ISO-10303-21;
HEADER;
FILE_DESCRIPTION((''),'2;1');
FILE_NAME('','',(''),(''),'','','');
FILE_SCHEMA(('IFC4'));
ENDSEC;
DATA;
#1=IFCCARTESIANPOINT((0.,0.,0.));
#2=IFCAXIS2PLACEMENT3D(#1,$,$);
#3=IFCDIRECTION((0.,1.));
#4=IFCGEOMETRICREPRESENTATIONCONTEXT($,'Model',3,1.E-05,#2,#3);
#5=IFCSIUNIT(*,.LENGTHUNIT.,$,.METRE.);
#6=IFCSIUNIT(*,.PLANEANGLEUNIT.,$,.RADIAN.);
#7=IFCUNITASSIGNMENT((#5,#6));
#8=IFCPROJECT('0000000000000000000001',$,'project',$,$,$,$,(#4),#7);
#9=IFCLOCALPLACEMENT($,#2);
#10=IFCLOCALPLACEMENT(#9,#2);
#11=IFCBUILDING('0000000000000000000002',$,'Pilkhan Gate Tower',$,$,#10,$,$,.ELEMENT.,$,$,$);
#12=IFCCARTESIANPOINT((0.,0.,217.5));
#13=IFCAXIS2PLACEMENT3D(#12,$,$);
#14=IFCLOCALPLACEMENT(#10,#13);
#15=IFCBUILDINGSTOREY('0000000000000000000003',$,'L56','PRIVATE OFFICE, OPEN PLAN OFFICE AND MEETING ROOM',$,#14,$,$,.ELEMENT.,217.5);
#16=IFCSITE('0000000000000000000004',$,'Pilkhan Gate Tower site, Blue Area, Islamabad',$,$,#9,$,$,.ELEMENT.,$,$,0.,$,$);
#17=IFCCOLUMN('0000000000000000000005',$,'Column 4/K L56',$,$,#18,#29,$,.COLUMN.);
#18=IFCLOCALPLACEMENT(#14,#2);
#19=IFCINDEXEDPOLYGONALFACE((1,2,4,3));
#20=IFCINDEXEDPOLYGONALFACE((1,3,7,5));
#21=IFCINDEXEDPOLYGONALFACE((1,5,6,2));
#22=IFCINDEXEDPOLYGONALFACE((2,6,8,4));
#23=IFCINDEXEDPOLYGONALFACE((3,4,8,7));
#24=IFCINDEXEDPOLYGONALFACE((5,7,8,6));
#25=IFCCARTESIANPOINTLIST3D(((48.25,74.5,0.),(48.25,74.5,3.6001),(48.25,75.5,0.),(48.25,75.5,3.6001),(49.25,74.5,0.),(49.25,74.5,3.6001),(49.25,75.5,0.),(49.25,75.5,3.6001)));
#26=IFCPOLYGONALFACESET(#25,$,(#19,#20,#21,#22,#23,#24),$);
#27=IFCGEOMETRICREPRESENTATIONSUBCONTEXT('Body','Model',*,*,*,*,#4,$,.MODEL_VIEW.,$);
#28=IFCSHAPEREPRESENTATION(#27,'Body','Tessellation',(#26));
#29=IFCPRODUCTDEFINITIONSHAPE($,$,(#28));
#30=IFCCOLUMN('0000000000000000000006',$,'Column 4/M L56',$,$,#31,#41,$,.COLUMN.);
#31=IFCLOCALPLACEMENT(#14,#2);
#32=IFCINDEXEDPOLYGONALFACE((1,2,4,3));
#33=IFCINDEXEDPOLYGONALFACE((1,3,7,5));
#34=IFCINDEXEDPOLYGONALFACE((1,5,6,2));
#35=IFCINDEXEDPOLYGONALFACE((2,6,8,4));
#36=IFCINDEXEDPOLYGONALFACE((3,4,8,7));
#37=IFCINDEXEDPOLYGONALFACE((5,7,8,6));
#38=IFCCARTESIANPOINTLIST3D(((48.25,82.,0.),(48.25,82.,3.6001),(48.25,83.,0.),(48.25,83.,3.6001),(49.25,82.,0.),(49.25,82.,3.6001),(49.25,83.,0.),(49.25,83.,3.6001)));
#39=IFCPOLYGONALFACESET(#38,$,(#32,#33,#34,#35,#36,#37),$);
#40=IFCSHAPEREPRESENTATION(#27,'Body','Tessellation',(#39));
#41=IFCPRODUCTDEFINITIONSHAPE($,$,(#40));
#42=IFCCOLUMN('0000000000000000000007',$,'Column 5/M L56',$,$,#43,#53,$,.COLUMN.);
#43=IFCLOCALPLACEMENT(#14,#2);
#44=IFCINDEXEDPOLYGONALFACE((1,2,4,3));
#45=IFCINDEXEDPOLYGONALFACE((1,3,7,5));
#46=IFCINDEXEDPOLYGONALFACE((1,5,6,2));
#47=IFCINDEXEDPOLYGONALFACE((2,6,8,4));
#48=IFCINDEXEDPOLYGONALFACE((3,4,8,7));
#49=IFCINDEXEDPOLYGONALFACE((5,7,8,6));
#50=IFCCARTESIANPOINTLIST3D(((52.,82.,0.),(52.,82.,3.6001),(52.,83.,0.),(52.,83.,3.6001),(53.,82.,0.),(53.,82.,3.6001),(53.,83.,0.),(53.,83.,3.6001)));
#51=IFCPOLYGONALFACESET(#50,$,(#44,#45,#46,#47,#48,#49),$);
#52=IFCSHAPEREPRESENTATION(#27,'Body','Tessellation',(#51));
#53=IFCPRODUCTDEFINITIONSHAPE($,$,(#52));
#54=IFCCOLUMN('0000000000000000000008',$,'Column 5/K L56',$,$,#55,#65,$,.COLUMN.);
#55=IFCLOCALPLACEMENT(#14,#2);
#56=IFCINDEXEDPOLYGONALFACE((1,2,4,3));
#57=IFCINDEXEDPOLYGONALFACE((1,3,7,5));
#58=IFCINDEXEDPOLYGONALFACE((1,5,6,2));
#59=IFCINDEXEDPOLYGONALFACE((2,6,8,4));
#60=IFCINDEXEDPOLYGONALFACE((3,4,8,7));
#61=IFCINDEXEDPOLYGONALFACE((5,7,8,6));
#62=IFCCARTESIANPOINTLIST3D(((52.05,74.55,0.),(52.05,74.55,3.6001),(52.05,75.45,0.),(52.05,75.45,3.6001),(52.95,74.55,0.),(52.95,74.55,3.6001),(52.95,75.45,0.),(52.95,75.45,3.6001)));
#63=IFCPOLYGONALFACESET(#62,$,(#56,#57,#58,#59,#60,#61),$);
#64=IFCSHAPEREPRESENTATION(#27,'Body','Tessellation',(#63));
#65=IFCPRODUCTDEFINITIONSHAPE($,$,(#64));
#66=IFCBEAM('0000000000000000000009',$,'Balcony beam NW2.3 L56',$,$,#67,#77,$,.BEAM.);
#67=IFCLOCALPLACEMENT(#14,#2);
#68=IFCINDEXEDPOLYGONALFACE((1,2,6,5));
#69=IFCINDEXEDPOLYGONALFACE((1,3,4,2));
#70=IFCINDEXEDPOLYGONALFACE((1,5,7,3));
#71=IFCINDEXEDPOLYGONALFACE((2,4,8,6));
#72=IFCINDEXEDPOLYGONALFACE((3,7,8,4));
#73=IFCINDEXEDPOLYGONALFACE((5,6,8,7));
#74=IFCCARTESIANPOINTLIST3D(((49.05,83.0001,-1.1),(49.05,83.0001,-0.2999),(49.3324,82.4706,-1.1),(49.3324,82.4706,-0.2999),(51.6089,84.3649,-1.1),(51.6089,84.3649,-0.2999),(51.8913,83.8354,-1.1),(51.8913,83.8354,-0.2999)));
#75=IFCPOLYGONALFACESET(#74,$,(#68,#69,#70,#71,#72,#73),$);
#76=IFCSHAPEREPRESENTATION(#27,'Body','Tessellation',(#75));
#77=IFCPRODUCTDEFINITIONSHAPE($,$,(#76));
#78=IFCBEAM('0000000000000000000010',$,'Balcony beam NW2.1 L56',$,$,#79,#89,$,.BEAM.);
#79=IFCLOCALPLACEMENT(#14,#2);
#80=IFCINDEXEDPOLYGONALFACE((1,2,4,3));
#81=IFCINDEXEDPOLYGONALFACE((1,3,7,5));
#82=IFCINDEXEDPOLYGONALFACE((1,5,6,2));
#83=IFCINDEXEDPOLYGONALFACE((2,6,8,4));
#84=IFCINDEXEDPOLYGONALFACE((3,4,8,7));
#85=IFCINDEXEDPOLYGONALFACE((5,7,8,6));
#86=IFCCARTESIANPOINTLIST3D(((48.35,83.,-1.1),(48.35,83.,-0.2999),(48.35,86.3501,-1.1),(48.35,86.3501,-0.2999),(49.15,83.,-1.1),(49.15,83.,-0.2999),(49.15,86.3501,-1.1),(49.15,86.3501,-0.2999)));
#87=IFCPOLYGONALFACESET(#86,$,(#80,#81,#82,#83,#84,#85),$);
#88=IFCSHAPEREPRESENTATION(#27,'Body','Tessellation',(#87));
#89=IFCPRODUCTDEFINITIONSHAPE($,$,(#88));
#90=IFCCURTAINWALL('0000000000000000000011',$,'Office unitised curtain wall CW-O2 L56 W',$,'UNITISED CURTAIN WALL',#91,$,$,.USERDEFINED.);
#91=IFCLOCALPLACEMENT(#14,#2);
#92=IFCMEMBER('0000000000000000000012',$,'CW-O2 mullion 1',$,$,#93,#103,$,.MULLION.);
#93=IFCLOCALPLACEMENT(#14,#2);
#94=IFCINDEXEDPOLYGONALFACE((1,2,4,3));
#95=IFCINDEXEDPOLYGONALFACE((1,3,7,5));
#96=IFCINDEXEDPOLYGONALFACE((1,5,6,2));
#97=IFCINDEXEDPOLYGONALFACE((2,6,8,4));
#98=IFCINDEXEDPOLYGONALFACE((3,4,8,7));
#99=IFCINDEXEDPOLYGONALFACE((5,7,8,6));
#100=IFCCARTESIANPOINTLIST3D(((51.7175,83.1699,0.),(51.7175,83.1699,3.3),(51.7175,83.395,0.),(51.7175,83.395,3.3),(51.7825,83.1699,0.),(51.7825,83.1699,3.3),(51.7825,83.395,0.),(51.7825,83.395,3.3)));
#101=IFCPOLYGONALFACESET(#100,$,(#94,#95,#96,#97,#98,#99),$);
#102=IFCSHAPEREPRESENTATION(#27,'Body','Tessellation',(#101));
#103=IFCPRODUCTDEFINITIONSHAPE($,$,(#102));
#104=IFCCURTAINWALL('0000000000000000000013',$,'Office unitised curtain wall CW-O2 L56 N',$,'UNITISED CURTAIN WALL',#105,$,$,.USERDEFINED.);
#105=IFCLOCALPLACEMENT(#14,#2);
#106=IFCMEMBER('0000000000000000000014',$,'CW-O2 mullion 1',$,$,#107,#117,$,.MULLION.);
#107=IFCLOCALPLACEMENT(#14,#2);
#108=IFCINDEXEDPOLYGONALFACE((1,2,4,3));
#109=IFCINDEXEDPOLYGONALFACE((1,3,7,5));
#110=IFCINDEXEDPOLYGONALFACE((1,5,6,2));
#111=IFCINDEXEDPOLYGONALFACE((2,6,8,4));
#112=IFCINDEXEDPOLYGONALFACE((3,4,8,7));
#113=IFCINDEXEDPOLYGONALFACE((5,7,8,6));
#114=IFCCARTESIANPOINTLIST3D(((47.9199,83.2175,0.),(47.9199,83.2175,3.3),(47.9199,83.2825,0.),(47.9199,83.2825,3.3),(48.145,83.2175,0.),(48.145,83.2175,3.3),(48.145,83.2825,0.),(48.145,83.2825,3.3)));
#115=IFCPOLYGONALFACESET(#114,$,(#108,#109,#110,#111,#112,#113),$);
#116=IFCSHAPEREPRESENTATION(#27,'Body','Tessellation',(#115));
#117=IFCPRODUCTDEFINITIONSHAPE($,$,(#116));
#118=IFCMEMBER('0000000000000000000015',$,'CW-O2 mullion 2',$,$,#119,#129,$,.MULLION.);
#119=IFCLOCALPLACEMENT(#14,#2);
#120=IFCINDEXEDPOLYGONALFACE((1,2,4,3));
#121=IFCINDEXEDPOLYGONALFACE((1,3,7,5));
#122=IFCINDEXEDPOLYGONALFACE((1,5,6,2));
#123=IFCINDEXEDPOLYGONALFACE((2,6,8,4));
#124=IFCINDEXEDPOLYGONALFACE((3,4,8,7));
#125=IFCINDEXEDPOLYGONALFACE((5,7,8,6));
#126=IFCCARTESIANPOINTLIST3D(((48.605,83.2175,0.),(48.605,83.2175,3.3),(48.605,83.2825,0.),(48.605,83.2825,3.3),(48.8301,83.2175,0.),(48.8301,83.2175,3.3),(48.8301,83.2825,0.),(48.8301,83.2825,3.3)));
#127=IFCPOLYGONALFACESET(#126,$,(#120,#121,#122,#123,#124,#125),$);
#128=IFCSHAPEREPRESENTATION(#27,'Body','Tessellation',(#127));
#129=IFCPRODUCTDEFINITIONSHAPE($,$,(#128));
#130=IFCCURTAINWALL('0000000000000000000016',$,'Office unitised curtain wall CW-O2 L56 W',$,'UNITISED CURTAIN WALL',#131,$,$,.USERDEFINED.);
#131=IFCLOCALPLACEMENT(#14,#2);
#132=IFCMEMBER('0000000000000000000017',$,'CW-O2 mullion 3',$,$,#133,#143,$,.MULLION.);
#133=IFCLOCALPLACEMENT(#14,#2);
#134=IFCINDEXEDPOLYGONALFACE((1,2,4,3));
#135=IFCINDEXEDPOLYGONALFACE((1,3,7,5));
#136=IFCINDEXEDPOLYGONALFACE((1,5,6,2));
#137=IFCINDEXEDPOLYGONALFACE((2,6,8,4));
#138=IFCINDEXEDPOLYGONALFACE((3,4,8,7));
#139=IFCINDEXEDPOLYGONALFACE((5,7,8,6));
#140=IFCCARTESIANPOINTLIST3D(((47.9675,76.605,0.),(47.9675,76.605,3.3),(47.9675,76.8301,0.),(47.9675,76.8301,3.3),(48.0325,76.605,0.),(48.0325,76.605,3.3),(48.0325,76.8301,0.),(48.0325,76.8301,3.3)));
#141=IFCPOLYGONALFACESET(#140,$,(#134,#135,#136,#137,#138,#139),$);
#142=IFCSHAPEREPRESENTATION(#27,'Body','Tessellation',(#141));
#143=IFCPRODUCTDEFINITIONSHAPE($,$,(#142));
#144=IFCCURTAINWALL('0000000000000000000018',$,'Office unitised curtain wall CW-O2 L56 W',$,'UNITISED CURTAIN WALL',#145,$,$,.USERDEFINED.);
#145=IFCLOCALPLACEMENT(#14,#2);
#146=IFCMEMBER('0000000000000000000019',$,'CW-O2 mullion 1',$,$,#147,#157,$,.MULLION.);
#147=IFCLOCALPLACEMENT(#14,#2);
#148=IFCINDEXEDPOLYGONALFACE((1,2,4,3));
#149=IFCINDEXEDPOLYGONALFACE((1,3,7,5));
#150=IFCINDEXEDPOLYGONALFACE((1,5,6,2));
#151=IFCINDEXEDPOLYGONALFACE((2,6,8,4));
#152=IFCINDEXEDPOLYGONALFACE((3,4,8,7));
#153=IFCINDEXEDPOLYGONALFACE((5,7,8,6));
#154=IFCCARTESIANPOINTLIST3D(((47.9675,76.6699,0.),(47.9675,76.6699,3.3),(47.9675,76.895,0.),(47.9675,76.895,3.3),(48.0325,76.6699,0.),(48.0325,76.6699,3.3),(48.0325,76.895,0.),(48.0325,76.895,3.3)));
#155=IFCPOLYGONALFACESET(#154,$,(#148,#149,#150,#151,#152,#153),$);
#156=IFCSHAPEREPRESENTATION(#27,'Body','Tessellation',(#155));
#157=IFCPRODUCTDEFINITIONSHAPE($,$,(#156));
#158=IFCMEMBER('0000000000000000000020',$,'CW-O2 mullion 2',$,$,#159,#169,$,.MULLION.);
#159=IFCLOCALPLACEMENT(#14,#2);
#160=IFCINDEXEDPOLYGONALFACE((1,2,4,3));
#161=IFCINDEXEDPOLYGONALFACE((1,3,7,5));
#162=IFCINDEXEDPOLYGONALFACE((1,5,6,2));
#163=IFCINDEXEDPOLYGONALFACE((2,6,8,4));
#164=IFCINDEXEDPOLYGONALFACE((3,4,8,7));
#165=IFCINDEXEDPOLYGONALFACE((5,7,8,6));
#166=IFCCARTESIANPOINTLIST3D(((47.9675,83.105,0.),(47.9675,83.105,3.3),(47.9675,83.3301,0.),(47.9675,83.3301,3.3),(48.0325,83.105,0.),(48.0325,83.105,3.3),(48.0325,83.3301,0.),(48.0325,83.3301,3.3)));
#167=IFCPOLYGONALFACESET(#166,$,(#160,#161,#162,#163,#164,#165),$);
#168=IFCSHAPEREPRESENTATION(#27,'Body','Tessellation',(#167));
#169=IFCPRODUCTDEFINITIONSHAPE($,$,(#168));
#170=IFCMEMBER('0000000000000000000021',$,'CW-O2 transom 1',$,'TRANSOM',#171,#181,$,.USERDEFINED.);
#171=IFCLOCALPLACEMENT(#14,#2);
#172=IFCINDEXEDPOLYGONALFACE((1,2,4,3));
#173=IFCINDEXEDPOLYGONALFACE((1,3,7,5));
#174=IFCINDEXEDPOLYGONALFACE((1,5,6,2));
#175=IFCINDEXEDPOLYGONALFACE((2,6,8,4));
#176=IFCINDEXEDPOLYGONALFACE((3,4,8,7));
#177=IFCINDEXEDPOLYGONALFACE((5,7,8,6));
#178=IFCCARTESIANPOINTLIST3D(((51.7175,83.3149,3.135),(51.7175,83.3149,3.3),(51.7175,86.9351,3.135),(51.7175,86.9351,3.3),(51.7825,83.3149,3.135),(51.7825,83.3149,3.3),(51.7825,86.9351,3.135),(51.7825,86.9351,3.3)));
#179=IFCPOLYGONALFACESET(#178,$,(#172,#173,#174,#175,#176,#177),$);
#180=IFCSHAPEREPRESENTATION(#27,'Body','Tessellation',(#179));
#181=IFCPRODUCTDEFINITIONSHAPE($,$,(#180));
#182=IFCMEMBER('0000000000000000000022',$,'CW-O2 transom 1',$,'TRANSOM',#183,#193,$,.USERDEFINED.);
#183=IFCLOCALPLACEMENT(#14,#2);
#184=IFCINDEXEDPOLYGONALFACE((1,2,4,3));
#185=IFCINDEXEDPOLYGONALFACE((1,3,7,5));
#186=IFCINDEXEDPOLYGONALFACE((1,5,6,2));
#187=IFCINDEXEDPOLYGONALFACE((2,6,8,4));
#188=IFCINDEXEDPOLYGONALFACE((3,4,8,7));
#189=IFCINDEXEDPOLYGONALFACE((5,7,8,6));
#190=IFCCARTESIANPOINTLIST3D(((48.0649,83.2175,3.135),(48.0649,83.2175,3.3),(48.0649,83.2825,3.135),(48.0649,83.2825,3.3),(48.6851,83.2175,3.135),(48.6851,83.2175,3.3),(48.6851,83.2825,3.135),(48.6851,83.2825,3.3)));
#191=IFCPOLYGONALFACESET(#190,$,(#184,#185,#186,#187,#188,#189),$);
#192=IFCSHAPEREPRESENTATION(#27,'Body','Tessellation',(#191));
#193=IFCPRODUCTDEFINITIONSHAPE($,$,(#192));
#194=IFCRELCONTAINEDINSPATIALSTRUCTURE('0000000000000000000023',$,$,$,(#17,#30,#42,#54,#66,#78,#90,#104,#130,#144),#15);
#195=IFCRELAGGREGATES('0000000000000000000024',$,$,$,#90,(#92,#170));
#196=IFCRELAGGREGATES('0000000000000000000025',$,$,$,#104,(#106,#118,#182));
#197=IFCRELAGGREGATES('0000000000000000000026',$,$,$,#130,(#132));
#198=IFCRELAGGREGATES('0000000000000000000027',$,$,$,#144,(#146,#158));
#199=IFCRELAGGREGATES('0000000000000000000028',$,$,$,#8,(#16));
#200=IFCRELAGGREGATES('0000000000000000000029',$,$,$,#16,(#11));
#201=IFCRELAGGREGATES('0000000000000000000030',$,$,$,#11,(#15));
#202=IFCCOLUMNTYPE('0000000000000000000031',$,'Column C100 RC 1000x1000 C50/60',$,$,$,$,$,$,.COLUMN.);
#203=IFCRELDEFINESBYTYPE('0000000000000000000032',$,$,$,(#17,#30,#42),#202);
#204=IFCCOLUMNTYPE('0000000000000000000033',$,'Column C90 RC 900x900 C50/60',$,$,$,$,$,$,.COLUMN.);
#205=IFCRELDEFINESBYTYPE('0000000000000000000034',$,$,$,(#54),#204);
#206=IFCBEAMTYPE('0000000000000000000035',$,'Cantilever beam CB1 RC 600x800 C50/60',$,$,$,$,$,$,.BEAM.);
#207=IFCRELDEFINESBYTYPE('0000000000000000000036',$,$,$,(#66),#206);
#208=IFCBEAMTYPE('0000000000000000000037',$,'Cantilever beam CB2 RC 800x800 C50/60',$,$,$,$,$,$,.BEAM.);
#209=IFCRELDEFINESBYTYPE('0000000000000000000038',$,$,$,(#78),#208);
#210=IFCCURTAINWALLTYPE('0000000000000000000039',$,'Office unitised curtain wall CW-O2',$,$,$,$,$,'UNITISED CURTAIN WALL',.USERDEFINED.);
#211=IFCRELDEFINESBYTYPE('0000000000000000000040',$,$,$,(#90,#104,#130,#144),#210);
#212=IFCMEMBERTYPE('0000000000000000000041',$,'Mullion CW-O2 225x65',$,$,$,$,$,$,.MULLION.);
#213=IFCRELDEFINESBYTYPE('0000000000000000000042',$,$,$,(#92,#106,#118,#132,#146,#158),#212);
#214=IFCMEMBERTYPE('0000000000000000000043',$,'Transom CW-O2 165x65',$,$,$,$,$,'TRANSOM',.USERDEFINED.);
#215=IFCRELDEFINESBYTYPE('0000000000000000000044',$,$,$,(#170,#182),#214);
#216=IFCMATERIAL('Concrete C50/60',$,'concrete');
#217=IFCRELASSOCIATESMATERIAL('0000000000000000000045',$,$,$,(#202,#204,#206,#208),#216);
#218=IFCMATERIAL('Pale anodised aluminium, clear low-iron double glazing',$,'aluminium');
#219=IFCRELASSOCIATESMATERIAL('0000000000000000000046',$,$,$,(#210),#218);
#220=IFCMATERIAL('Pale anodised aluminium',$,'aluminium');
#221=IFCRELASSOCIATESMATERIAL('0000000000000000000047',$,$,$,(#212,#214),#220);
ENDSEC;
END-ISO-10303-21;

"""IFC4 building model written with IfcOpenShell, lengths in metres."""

from ifc_helpers import new_model, si_unit, direction, frame, origin, origin_2d, place, context, subcontext, project, spatial, rectangle, extrude, material, material_profile, profile_set, type_object, element, aggregate, save


model = new_model("IFC4")

# Units and contexts
model_context = context("Model", 3, precision=1e-05, world=origin(), true_north=direction((0.0, 1.0)))
body_context = subcontext(model_context, "Body", "Model", "MODEL_VIEW")
ifc_project = project(units=[si_unit("LENGTHUNIT", "METRE"), si_unit("PLANEANGLEUNIT", "RADIAN")], contexts=[model_context])

# Site, building, storey
site_placement = place(None, origin())
site = spatial("IfcSite", under=ifc_project, at=site_placement, Name="Pilkhan Gate Tower site, Blue Area, Islamabad", CompositionType="ELEMENT", RefElevation=0.0)
building_placement = place(site_placement, origin())
building = spatial("IfcBuilding", under=site, at=building_placement, Name="Pilkhan Gate Tower", CompositionType="ELEMENT")
storey_placement = place(building_placement, frame((0.0, 0.0, 217.5)))
storey = spatial("IfcBuildingStorey", under=building, at=storey_placement, Name="L56", Description="PRIVATE OFFICE, OPEN PLAN OFFICE AND MEETING ROOM", CompositionType="ELEMENT", Elevation=217.5)

# Columns
ifc_material_1 = material(Name="Concrete C50/60", Category="concrete")
ifc_material_profile_1 = material_profile(ifc_material_1, rectangle(XDim=1.0, YDim=1.0, at=origin_2d()), Name="RC 1000x1000")
ifc_profile_set_1 = profile_set([ifc_material_profile_1], Name="Concrete C50/60")
column_type_1 = type_object("IfcColumnType", Name="Column C100 RC 1000x1000 C50/60", PredefinedType="COLUMN", material=ifc_profile_set_1)
for number, where, z_axis, x_axis, name in (
    (1, (48.75, 75.0, 0.0), (0.0, 0.0, 1.0), (1.0, 0.0, 0.0), "Column 4/K L56"),
    (2, (48.75, 82.5, 0.0), (0.0, 0.0, 1.0), (1.0, 0.0, 0.0), "Column 4/M L56"),
    (3, (52.5, 82.5, 0.0), (0.0, 0.0, 1.0), (1.0, 0.0, 0.0), "Column 5/M L56"),
):
    element("IfcColumn", number, at=place(storey_placement, frame(where, z_axis=z_axis, x_axis=x_axis)), inside=storey, type_object=column_type_1, Name=name, PredefinedType="COLUMN", context=body_context, shape_type="SweptSolid", body=[
        extrude(rectangle(XDim=1.0, YDim=1.0, at=origin_2d()), origin(), (0.0, 0.0, 1.0), 3.6001),
    ])
ifc_material_profile_2 = material_profile(ifc_material_1, rectangle(XDim=0.8999, YDim=0.8999, at=origin_2d()), Name="RC 900x900")
ifc_profile_set_2 = profile_set([ifc_material_profile_2], Name="Concrete C50/60")
column_type_2 = type_object("IfcColumnType", Name="Column C90 RC 900x900 C50/60", PredefinedType="COLUMN", material=ifc_profile_set_2)
column_placement = place(storey_placement, frame((52.5, 75.0, 0.0), z_axis=(0.0, 0.0, 1.0), x_axis=(1.0, 0.0, 0.0)))
element("IfcColumn", 4, at=column_placement, inside=storey, type_object=column_type_2, Name="Column 5/K L56", PredefinedType="COLUMN", context=body_context, shape_type="SweptSolid", body=[
    extrude(rectangle(XDim=0.8999, YDim=0.8999, at=origin_2d()), origin(), (0.0, 0.0, 1.0), 3.6001),
])

# Beams
ifc_material_profile_3 = material_profile(ifc_material_1, rectangle(XDim=0.6001, YDim=0.8, at=origin_2d()), Name="RC 600x800")
ifc_profile_set_3 = profile_set([ifc_material_profile_3], Name="Concrete C50/60")
beam_type_1 = type_object("IfcBeamType", Name="Cantilever beam CB1 RC 600x800 C50/60", PredefinedType="BEAM", material=ifc_profile_set_3)
beam_1_placement = place(storey_placement, frame((49.1912, 82.7354, -0.7), z_axis=(0.882348, 0.470597, 0.0), x_axis=(-0.470597, 0.882348, 0.0)))
element("IfcBeam", 5, at=beam_1_placement, inside=storey, type_object=beam_type_1, Name="Balcony beam NW2.3 L56", PredefinedType="BEAM", context=body_context, shape_type="SweptSolid", body=[
    extrude(rectangle(XDim=0.6001, YDim=0.8, at=origin_2d()), origin(), (0.0, 0.0, 1.0), 2.9001),
])
ifc_material_profile_4 = material_profile(ifc_material_1, rectangle(XDim=0.8, YDim=0.8, at=origin_2d()), Name="RC 800x800")
ifc_profile_set_4 = profile_set([ifc_material_profile_4], Name="Concrete C50/60")
beam_type_2 = type_object("IfcBeamType", Name="Cantilever beam CB2 RC 800x800 C50/60", PredefinedType="BEAM", material=ifc_profile_set_4)
beam_2_placement = place(storey_placement, frame((48.75, 83.0, -0.7), z_axis=(0.0, 1.0, 0.0), x_axis=(-1.0, 0.0, 0.0)))
element("IfcBeam", 6, at=beam_2_placement, inside=storey, type_object=beam_type_2, Name="Balcony beam NW2.1 L56", PredefinedType="BEAM", context=body_context, shape_type="SweptSolid", body=[
    extrude(rectangle(XDim=0.8, YDim=0.8, at=origin_2d()), origin(), (0.0, 0.0, 1.0), 3.3501),
])

# Curtain wall, member
ifc_material_2 = material(Name="Pale anodised aluminium, clear low-iron double glazing", Category="aluminium")
curtain_wall_type = type_object("IfcCurtainWallType", Name="Office unitised curtain wall CW-O2", ElementType="UNITISED CURTAIN WALL", PredefinedType="USERDEFINED", material=ifc_material_2)
curtain_wall_1_placement = place(storey_placement, origin())
curtain_wall_1 = element("IfcCurtainWall", 7, at=curtain_wall_1_placement, inside=storey, type_object=curtain_wall_type, Name="Office unitised curtain wall CW-O2 L56 W", ObjectType="UNITISED CURTAIN WALL", PredefinedType="USERDEFINED")
ifc_material_3 = material(Name="Pale anodised aluminium", Category="aluminium")
ifc_material_profile_5 = material_profile(ifc_material_3, rectangle(XDim=0.0649, YDim=0.2251, at=origin_2d()), Name="Mullion 225x65")
ifc_profile_set_5 = profile_set([ifc_material_profile_5], Name="Pale anodised aluminium")
member_type_1 = type_object("IfcMemberType", Name="Mullion CW-O2 225x65", PredefinedType="MULLION", material=ifc_profile_set_5)
member_1_placement = place(storey_placement, frame((51.75, 83.2825, 0.0), z_axis=(0.0, 0.0, 1.0), x_axis=(-1.0, 0.0, 0.0)))
member_1 = element("IfcMember", 8, at=member_1_placement, type_object=member_type_1, Name="CW-O2 mullion 1", PredefinedType="MULLION", context=body_context, shape_type="SweptSolid", body=[
    extrude(rectangle(XDim=0.0649, YDim=0.2251, at=origin_2d()), origin(), (0.0, 0.0, 1.0), 3.3),
])

# Curtain wall, members
curtain_wall_2_placement = place(storey_placement, origin())
curtain_wall_2 = element("IfcCurtainWall", 9, at=curtain_wall_2_placement, inside=storey, type_object=curtain_wall_type, Name="Office unitised curtain wall CW-O2 L56 N", ObjectType="UNITISED CURTAIN WALL", PredefinedType="USERDEFINED")
member_2_placement = place(storey_placement, frame((48.0325, 83.25, 0.0), z_axis=(0.0, 0.0, 1.0), x_axis=(0.0, 1.0, 0.0)))
member_2 = element("IfcMember", 10, at=member_2_placement, type_object=member_type_1, Name="CW-O2 mullion 1", PredefinedType="MULLION", context=body_context, shape_type="SweptSolid", body=[
    extrude(rectangle(XDim=0.0649, YDim=0.2251, at=origin_2d()), origin(), (0.0, 0.0, 1.0), 3.3),
])
member_3_placement = place(storey_placement, frame((48.7175, 83.25, 0.0), z_axis=(0.0, 0.0, 1.0), x_axis=(0.0, 1.0, 0.0)))
member_3 = element("IfcMember", 11, at=member_3_placement, type_object=member_type_1, Name="CW-O2 mullion 2", PredefinedType="MULLION", context=body_context, shape_type="SweptSolid", body=[
    extrude(rectangle(XDim=0.0649, YDim=0.2251, at=origin_2d()), origin(), (0.0, 0.0, 1.0), 3.3),
])

# Curtain wall, member
curtain_wall_3_placement = place(storey_placement, origin())
curtain_wall_3 = element("IfcCurtainWall", 12, at=curtain_wall_3_placement, inside=storey, type_object=curtain_wall_type, Name="Office unitised curtain wall CW-O2 L56 W", ObjectType="UNITISED CURTAIN WALL", PredefinedType="USERDEFINED")
member_4_placement = place(storey_placement, frame((48.0, 76.7175, 0.0), z_axis=(0.0, 0.0, 1.0), x_axis=(-1.0, 0.0, 0.0)))
member_4 = element("IfcMember", 13, at=member_4_placement, type_object=member_type_1, Name="CW-O2 mullion 3", PredefinedType="MULLION", context=body_context, shape_type="SweptSolid", body=[
    extrude(rectangle(XDim=0.0649, YDim=0.2251, at=origin_2d()), origin(), (0.0, 0.0, 1.0), 3.3),
])

# Curtain wall, members
curtain_wall_4_placement = place(storey_placement, origin())
curtain_wall_4 = element("IfcCurtainWall", 14, at=curtain_wall_4_placement, inside=storey, type_object=curtain_wall_type, Name="Office unitised curtain wall CW-O2 L56 W", ObjectType="UNITISED CURTAIN WALL", PredefinedType="USERDEFINED")
member_5_placement = place(storey_placement, frame((48.0, 76.7825, 0.0), z_axis=(0.0, 0.0, 1.0), x_axis=(-1.0, 0.0, 0.0)))
member_5 = element("IfcMember", 15, at=member_5_placement, type_object=member_type_1, Name="CW-O2 mullion 1", PredefinedType="MULLION", context=body_context, shape_type="SweptSolid", body=[
    extrude(rectangle(XDim=0.0649, YDim=0.2251, at=origin_2d()), origin(), (0.0, 0.0, 1.0), 3.3),
])
member_6_placement = place(storey_placement, frame((48.0, 83.2175, 0.0), z_axis=(0.0, 0.0, 1.0), x_axis=(-1.0, 0.0, 0.0)))
member_6 = element("IfcMember", 16, at=member_6_placement, type_object=member_type_1, Name="CW-O2 mullion 2", PredefinedType="MULLION", context=body_context, shape_type="SweptSolid", body=[
    extrude(rectangle(XDim=0.0649, YDim=0.2251, at=origin_2d()), origin(), (0.0, 0.0, 1.0), 3.3),
])

# Members
ifc_material_profile_6 = material_profile(ifc_material_3, rectangle(XDim=0.0649, YDim=0.165, at=origin_2d()), Name="Transom 165x65")
ifc_profile_set_6 = profile_set([ifc_material_profile_6], Name="Pale anodised aluminium")
member_type_2 = type_object("IfcMemberType", Name="Transom CW-O2 165x65", ElementType="TRANSOM", PredefinedType="USERDEFINED", material=ifc_profile_set_6)
member_7_placement = place(storey_placement, frame((51.75, 83.3149, 3.2175), z_axis=(0.0, 1.0, 0.0), x_axis=(-1.0, 0.0, 0.0)))
member_7 = element("IfcMember", 17, at=member_7_placement, type_object=member_type_2, Name="CW-O2 transom 1", ObjectType="TRANSOM", PredefinedType="USERDEFINED", context=body_context, shape_type="SweptSolid", body=[
    extrude(rectangle(XDim=0.0649, YDim=0.165, at=origin_2d()), origin(), (0.0, 0.0, 1.0), 3.6201),
])
member_8_placement = place(storey_placement, frame((48.0649, 83.25, 3.2175), z_axis=(1.0, 0.0, 0.0), x_axis=(0.0, 1.0, 0.0)))
member_8 = element("IfcMember", 18, at=member_8_placement, type_object=member_type_2, Name="CW-O2 transom 1", ObjectType="TRANSOM", PredefinedType="USERDEFINED", context=body_context, shape_type="SweptSolid", body=[
    extrude(rectangle(XDim=0.0649, YDim=0.165, at=origin_2d()), origin(), (0.0, 0.0, 1.0), 0.6201),
])

aggregate(curtain_wall_1, [member_1, member_7])
aggregate(curtain_wall_2, [member_2, member_3, member_8])
aggregate(curtain_wall_3, [member_4])
aggregate(curtain_wall_4, [member_5, member_6])

save(model, "model.ifc")
